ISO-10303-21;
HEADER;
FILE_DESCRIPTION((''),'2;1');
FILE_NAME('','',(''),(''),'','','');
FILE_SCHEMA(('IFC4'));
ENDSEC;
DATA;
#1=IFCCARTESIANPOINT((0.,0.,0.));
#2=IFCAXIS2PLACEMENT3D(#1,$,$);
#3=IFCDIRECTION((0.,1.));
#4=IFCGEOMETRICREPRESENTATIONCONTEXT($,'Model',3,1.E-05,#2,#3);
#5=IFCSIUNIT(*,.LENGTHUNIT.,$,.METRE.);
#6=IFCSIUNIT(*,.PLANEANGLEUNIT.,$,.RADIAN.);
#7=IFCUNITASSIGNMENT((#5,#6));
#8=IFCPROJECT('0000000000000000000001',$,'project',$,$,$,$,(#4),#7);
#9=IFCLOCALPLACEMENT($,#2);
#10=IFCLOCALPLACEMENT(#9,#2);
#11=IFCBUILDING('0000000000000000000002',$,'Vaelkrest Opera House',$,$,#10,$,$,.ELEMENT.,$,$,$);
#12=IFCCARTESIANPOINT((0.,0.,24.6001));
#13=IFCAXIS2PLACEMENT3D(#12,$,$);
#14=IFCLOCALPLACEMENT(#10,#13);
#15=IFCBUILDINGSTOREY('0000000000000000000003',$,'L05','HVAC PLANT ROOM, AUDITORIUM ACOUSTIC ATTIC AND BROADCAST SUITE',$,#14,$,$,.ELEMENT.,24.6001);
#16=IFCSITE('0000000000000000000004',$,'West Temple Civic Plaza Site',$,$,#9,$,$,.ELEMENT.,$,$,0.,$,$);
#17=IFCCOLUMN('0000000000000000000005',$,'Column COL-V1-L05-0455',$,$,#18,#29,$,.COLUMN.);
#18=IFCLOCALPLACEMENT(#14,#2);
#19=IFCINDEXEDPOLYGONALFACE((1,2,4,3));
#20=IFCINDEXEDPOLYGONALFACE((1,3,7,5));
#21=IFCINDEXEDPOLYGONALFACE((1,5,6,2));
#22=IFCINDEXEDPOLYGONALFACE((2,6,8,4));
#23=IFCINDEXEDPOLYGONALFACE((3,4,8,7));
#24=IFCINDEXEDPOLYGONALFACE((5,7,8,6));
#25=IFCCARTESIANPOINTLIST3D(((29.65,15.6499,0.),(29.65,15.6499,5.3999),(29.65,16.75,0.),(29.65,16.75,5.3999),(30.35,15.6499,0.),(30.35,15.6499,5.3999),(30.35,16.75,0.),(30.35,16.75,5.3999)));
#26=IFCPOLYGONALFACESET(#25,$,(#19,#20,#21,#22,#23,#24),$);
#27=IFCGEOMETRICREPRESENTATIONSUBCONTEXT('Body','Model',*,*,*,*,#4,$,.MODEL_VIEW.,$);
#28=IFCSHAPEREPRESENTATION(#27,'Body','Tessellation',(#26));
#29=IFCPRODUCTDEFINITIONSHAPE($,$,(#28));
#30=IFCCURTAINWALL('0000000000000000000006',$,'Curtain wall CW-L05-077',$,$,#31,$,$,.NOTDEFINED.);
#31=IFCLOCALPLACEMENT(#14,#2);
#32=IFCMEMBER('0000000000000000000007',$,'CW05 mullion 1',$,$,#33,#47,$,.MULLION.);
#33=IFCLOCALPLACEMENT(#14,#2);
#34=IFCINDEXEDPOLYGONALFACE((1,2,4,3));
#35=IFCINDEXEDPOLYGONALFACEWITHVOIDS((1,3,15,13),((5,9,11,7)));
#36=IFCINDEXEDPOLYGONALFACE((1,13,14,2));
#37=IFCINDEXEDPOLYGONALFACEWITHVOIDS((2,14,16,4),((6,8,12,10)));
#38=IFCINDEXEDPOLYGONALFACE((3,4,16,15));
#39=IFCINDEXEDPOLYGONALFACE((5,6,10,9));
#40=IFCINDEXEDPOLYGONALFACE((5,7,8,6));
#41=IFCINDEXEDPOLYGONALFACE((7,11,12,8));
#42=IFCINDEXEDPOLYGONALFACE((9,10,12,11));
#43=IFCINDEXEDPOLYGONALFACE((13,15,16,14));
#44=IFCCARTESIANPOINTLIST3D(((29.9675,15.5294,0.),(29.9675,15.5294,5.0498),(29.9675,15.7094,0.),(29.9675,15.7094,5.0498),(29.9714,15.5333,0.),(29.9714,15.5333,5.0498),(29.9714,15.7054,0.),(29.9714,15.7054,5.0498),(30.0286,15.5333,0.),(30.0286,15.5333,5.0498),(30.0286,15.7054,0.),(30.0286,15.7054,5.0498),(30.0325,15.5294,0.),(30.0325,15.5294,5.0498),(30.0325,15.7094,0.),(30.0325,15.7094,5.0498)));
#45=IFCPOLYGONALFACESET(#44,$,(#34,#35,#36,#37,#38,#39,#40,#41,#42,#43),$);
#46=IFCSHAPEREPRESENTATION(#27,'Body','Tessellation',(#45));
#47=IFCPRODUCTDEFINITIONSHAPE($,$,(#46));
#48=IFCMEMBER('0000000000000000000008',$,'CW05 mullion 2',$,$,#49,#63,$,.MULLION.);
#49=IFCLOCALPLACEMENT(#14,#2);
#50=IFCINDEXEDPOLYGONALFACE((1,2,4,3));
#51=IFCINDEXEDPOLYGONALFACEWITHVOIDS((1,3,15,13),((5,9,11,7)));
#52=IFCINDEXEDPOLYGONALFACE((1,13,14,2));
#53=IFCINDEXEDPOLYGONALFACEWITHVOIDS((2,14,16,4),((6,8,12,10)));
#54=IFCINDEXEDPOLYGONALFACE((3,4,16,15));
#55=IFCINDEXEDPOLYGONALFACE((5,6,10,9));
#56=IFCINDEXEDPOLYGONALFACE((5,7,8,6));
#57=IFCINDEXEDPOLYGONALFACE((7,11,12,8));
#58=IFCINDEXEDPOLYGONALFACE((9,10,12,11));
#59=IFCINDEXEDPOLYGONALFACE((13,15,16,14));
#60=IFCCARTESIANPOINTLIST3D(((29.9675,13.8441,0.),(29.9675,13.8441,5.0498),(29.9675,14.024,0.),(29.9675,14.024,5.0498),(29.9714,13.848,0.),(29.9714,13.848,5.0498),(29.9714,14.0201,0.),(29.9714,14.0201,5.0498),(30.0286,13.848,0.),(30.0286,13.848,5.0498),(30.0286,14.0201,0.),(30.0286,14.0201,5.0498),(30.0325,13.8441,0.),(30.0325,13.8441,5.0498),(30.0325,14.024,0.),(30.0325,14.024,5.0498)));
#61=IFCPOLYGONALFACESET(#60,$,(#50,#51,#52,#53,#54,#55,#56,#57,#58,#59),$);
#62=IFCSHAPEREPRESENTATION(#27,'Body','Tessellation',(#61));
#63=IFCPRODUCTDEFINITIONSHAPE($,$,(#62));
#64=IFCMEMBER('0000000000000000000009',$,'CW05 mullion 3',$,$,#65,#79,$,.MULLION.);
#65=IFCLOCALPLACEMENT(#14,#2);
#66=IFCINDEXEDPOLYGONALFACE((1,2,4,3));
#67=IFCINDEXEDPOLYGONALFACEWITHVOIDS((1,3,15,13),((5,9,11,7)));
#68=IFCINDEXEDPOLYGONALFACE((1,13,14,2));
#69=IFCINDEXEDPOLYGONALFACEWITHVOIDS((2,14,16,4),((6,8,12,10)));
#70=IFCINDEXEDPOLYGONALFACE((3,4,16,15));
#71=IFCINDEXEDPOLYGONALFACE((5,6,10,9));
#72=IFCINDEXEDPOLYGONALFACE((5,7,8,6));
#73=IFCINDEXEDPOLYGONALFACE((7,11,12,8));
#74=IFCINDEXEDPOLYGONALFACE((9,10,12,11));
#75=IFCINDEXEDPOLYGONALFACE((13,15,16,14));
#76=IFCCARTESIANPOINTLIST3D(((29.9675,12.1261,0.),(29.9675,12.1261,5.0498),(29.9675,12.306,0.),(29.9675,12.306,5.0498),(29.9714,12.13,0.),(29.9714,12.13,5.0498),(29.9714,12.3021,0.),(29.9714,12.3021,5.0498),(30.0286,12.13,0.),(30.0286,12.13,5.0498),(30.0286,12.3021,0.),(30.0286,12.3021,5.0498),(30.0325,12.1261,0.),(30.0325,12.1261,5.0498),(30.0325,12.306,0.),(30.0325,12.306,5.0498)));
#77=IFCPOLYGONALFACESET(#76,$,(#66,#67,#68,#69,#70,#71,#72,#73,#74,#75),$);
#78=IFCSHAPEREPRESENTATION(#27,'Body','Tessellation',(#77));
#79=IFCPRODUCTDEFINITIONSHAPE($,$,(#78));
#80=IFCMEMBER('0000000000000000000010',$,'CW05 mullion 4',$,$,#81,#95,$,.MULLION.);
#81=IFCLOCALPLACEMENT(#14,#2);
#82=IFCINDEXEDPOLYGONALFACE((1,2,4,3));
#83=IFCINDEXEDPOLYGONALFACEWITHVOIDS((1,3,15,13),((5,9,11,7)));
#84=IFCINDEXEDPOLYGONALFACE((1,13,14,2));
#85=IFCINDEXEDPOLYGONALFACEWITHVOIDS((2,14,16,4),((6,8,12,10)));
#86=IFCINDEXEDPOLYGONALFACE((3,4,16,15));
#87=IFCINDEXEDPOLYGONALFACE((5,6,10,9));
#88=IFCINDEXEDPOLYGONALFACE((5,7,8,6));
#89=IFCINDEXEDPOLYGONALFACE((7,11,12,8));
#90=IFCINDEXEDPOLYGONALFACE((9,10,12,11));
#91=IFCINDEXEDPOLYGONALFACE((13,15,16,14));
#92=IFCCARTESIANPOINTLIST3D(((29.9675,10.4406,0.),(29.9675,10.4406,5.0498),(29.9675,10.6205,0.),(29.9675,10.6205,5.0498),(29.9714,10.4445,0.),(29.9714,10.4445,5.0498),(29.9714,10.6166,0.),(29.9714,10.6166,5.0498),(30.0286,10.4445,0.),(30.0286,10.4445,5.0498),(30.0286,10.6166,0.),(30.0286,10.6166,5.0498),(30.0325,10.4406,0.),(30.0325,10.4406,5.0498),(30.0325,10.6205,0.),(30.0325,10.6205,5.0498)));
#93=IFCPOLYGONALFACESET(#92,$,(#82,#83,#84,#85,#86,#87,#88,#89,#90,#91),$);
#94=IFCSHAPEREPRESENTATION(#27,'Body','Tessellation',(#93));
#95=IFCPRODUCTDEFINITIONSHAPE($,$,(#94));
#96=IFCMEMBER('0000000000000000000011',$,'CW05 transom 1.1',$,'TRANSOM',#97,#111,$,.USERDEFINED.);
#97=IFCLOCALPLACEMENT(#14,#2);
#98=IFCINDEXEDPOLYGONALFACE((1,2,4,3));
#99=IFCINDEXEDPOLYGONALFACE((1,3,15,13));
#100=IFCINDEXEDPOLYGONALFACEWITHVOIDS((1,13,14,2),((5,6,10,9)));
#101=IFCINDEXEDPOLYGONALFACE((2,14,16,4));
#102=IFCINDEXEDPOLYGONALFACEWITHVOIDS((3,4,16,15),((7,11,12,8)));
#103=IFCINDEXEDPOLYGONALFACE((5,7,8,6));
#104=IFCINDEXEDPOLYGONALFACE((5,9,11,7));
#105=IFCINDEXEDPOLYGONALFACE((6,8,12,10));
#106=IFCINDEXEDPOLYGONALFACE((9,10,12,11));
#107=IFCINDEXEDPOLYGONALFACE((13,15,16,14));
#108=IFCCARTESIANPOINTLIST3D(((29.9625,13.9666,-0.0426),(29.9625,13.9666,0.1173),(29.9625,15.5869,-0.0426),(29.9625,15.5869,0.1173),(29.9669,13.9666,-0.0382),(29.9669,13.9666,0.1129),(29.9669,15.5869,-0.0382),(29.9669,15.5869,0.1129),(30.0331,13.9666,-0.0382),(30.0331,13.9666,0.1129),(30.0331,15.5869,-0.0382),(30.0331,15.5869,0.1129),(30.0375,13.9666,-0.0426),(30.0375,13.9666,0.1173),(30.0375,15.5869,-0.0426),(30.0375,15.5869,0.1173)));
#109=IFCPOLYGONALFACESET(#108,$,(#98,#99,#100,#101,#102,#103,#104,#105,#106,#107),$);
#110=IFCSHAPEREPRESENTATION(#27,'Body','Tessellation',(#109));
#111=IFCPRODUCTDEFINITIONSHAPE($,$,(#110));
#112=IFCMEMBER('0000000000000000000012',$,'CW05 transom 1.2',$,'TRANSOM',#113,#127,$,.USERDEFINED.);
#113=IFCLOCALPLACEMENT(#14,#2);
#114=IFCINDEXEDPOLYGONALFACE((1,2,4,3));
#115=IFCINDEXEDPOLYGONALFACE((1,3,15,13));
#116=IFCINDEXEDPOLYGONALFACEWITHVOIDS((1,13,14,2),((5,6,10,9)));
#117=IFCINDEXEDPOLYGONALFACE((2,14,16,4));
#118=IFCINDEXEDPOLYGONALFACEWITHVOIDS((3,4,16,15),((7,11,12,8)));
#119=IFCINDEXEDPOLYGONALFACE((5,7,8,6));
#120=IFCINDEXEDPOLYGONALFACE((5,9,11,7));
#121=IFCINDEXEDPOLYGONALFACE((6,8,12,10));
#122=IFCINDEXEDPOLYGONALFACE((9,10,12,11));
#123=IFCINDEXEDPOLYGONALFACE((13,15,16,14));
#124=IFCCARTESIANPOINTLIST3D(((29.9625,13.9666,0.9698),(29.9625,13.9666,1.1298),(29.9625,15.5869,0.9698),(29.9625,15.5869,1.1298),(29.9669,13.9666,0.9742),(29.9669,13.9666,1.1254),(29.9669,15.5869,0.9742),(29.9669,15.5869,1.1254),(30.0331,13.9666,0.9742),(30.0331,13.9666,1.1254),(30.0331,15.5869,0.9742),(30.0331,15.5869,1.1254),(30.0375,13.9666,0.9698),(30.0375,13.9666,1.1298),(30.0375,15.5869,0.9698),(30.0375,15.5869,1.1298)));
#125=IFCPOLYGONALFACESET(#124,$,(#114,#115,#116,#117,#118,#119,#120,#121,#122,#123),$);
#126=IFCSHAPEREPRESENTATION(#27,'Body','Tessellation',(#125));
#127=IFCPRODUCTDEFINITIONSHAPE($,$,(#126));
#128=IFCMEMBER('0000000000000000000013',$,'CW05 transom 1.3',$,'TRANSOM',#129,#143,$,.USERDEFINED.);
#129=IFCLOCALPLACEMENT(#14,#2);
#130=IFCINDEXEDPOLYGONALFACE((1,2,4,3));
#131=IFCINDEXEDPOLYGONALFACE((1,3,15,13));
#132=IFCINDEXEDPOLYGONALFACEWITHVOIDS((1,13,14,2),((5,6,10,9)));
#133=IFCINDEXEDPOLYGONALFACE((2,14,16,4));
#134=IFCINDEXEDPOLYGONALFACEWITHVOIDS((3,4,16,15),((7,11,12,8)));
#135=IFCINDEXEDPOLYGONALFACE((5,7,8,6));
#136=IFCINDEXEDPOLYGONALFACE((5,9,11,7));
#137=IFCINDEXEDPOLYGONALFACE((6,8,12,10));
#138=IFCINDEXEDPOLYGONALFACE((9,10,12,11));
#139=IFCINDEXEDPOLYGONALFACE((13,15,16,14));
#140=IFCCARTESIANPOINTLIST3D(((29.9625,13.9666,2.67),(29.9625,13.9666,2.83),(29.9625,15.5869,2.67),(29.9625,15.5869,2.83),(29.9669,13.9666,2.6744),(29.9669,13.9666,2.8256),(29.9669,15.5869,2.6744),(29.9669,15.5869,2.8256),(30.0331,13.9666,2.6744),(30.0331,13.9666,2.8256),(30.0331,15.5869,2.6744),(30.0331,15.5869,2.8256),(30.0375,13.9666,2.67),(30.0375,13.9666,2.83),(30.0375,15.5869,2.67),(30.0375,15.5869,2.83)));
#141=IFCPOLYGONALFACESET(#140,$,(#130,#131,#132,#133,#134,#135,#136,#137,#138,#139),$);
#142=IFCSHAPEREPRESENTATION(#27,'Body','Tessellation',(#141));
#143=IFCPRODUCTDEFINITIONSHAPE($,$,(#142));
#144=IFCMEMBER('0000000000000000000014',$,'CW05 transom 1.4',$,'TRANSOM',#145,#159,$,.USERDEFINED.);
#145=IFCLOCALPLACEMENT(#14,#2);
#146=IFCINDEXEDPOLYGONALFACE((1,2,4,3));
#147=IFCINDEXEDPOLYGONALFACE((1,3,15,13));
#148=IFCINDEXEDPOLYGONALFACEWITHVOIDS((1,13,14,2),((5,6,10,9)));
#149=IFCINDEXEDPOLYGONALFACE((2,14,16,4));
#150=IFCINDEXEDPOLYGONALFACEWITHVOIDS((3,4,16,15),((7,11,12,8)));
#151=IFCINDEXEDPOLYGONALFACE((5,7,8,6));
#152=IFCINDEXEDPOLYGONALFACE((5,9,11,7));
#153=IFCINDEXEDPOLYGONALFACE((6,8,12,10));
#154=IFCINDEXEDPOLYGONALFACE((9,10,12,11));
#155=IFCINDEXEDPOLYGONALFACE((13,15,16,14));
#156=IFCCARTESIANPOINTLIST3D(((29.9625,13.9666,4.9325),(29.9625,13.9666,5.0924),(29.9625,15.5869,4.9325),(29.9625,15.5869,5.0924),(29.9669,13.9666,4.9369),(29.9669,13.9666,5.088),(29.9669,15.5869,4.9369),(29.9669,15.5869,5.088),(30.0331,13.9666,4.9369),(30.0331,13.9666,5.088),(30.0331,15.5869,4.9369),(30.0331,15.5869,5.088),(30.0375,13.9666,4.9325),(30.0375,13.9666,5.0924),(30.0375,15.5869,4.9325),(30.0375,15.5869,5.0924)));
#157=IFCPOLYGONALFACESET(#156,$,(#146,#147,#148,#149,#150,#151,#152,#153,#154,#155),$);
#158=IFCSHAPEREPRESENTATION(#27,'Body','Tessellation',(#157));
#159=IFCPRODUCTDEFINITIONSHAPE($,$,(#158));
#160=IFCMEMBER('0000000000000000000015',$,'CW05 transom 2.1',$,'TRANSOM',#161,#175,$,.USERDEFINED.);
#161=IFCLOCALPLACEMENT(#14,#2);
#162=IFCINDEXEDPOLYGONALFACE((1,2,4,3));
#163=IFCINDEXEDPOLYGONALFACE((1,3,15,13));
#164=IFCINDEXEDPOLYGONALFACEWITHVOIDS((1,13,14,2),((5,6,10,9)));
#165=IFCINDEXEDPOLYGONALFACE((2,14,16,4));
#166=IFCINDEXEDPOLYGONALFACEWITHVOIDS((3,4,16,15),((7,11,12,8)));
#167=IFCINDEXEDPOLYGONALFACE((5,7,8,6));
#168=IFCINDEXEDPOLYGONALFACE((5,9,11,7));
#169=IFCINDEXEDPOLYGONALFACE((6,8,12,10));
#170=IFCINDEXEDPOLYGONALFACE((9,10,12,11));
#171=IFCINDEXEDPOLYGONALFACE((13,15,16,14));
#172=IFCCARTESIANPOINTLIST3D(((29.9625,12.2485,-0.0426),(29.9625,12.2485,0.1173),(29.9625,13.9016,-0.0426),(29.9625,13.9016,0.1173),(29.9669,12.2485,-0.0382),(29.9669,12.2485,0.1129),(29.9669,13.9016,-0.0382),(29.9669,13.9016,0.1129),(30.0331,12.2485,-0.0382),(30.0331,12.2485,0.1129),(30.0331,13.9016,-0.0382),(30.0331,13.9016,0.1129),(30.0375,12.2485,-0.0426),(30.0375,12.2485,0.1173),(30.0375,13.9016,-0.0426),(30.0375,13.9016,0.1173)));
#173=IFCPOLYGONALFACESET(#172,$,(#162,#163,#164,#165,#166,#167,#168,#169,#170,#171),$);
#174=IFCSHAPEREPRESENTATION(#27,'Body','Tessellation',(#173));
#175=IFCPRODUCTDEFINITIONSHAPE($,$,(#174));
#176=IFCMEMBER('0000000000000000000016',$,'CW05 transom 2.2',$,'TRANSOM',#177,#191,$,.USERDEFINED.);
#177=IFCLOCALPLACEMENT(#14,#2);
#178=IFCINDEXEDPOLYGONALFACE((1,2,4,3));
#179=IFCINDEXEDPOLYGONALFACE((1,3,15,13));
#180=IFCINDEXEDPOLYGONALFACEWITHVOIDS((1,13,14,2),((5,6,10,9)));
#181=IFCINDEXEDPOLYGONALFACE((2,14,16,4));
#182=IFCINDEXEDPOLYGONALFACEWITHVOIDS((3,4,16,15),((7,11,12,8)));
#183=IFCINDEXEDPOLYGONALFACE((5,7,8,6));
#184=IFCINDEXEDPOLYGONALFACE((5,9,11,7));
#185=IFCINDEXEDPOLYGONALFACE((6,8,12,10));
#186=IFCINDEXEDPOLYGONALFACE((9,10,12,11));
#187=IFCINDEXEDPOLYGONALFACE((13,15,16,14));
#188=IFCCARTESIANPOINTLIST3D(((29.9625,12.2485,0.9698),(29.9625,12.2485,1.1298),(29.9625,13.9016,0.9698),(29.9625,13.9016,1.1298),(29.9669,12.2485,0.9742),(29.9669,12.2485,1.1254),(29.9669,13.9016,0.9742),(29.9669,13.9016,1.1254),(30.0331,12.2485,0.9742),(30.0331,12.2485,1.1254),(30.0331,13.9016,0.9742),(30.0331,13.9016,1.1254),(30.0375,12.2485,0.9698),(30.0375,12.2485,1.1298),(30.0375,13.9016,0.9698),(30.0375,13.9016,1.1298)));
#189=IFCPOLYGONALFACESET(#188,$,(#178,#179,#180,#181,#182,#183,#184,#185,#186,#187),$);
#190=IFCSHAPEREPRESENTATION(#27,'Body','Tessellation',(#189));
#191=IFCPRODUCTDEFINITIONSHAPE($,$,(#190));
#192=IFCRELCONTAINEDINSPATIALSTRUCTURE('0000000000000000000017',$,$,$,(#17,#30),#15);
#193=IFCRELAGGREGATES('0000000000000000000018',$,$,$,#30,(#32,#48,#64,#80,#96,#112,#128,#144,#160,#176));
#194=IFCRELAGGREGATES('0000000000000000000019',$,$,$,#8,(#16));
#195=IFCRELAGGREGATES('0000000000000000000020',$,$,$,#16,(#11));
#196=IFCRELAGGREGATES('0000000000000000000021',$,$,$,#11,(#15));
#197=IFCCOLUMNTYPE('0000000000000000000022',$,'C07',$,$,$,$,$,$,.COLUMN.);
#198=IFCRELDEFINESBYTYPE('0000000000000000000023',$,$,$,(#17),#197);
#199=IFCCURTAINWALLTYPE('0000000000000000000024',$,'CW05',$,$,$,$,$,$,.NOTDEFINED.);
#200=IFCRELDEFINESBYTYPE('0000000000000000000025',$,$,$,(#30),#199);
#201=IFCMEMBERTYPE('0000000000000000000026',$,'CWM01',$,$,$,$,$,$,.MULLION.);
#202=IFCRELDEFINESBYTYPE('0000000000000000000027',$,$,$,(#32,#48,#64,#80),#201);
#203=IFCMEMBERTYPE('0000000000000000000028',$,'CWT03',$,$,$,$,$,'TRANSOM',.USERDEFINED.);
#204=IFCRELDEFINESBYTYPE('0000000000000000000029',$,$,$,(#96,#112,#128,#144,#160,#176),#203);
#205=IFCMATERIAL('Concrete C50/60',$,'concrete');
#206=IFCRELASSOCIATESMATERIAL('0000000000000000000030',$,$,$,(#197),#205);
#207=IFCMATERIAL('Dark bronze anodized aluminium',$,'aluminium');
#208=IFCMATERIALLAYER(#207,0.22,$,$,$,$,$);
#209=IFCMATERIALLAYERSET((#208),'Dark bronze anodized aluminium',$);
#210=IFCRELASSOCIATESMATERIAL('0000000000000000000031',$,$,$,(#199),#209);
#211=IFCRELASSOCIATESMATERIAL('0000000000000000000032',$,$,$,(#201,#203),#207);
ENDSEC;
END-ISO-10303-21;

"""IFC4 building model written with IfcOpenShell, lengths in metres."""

from ifc_helpers import new_model, si_unit, direction, frame, origin, origin_2d, place, context, subcontext, project, spatial, rectangle, hollow_rectangle, extrude, material, layer, layer_set, material_profile, profile_set, type_object, element, aggregate, save


model = new_model("IFC4")

# Units and contexts
model_context = context("Model", 3, precision=1e-05, world=origin(), true_north=direction((0.0, 1.0)))
body_context = subcontext(model_context, "Body", "Model", "MODEL_VIEW")
ifc_project = project(units=[si_unit("LENGTHUNIT", "METRE"), si_unit("PLANEANGLEUNIT", "RADIAN")], contexts=[model_context])

# Site, building, storey
site_placement = place(None, origin())
site = spatial("IfcSite", under=ifc_project, at=site_placement, Name="West Temple Civic Plaza Site", CompositionType="ELEMENT", RefElevation=0.0)
building_placement = place(site_placement, origin())
building = spatial("IfcBuilding", under=site, at=building_placement, Name="Vaelkrest Opera House", CompositionType="ELEMENT")
storey_placement = place(building_placement, frame((0.0, 0.0, 24.6001)))
storey = spatial("IfcBuildingStorey", under=building, at=storey_placement, Name="L05", Description="HVAC PLANT ROOM, AUDITORIUM ACOUSTIC ATTIC AND BROADCAST SUITE", CompositionType="ELEMENT", Elevation=24.6001)

# Column
ifc_material_1 = material(Name="Concrete C50/60", Category="concrete")
ifc_material_profile_1 = material_profile(ifc_material_1, rectangle(XDim=0.7, YDim=1.1001, at=origin_2d()), Name="RC700X1100")
ifc_profile_set_1 = profile_set([ifc_material_profile_1], Name="Concrete C50/60")
column_type = type_object("IfcColumnType", Name="C07", PredefinedType="COLUMN", material=ifc_profile_set_1)
column_placement = place(storey_placement, frame((30.0, 16.2, 0.0), z_axis=(0.0, 0.0, 1.0), x_axis=(1.0, 0.0, 0.0)))
element("IfcColumn", 1, at=column_placement, inside=storey, type_object=column_type, Name="Column COL-V1-L05-0455", PredefinedType="COLUMN", context=body_context, shape_type="SweptSolid", body=[
    extrude(rectangle(XDim=0.7, YDim=1.1001, at=origin_2d()), origin(), (0.0, 0.0, 1.0), 5.3999),
])

# Curtain wall, members
ifc_material_2 = material(Name="Dark bronze anodized aluminium", Category="aluminium")
ifc_layer_1 = layer(ifc_material_2, 0.22)
ifc_layer_set_1 = layer_set([ifc_layer_1], Name="Dark bronze anodized aluminium")
curtain_wall_type = type_object("IfcCurtainWallType", Name="CW05", PredefinedType="NOTDEFINED", material=ifc_layer_set_1)
curtain_wall_placement = place(storey_placement, origin())
curtain_wall = element("IfcCurtainWall", 2, at=curtain_wall_placement, inside=storey, type_object=curtain_wall_type, Name="Curtain wall CW-L05-077", PredefinedType="NOTDEFINED")
ifc_material_profile_2 = material_profile(ifc_material_2, hollow_rectangle(XDim=0.0649, YDim=0.1799, WallThickness=0.0039, at=origin_2d()), Name="CWM65X180")
ifc_profile_set_2 = profile_set([ifc_material_profile_2], Name="Dark bronze anodized aluminium")
member_type_1 = type_object("IfcMemberType", Name="CWM01", PredefinedType="MULLION", material=ifc_profile_set_2)
member_1_placement = place(storey_placement, frame((30.0, 15.6194, 0.0), z_axis=(0.0, 0.0, 1.0), x_axis=(1.0, 0.0, 0.0)))
member_1 = element("IfcMember", 3, at=member_1_placement, type_object=member_type_1, Name="CW05 mullion 1", PredefinedType="MULLION", context=body_context, shape_type="SweptSolid", body=[
    extrude(hollow_rectangle(XDim=0.0649, YDim=0.1799, WallThickness=0.0039, at=origin_2d()), origin(), (0.0, 0.0, 1.0), 5.0498),
])
member_2_placement = place(storey_placement, frame((30.0, 13.9341, 0.0), z_axis=(0.0, 0.0, 1.0), x_axis=(1.0, 0.0, 0.0)))
member_2 = element("IfcMember", 4, at=member_2_placement, type_object=member_type_1, Name="CW05 mullion 2", PredefinedType="MULLION", context=body_context, shape_type="SweptSolid", body=[
    extrude(hollow_rectangle(XDim=0.0649, YDim=0.1799, WallThickness=0.0039, at=origin_2d()), origin(), (0.0, 0.0, 1.0), 5.0498),
])
member_3_placement = place(storey_placement, frame((30.0, 12.2161, 0.0), z_axis=(0.0, 0.0, 1.0), x_axis=(1.0, 0.0, 0.0)))
member_3 = element("IfcMember", 5, at=member_3_placement, type_object=member_type_1, Name="CW05 mullion 3", PredefinedType="MULLION", context=body_context, shape_type="SweptSolid", body=[
    extrude(hollow_rectangle(XDim=0.0649, YDim=0.1799, WallThickness=0.0039, at=origin_2d()), origin(), (0.0, 0.0, 1.0), 5.0498),
])
member_4_placement = place(storey_placement, frame((30.0, 10.5305, 0.0), z_axis=(0.0, 0.0, 1.0), x_axis=(1.0, 0.0, 0.0)))
member_4 = element("IfcMember", 6, at=member_4_placement, type_object=member_type_1, Name="CW05 mullion 4", PredefinedType="MULLION", context=body_context, shape_type="SweptSolid", body=[
    extrude(hollow_rectangle(XDim=0.0649, YDim=0.1799, WallThickness=0.0039, at=origin_2d()), origin(), (0.0, 0.0, 1.0), 5.0498),
])
ifc_material_profile_3 = material_profile(ifc_material_2, hollow_rectangle(XDim=0.075, YDim=0.1599, WallThickness=0.0044, at=origin_2d()), Name="CWT75X160")
ifc_profile_set_3 = profile_set([ifc_material_profile_3], Name="Dark bronze anodized aluminium")
member_type_2 = type_object("IfcMemberType", Name="CWT03", ElementType="TRANSOM", PredefinedType="USERDEFINED", material=ifc_profile_set_3)
member_5_placement = place(storey_placement, frame((30.0, 15.5869, 0.0374), z_axis=(0.0, -1.0, 0.0), x_axis=(1.0, 0.0, 0.0)))
member_5 = element("IfcMember", 7, at=member_5_placement, type_object=member_type_2, Name="CW05 transom 1.1", ObjectType="TRANSOM", PredefinedType="USERDEFINED", context=body_context, shape_type="SweptSolid", body=[
    extrude(hollow_rectangle(XDim=0.075, YDim=0.1599, WallThickness=0.0044, at=origin_2d()), origin(), (0.0, 0.0, 1.0), 1.6204),
])
member_6_placement = place(storey_placement, frame((30.0, 15.5869, 1.0498), z_axis=(0.0, -1.0, 0.0), x_axis=(1.0, 0.0, 0.0)))
member_6 = element("IfcMember", 8, at=member_6_placement, type_object=member_type_2, Name="CW05 transom 1.2", ObjectType="TRANSOM", PredefinedType="USERDEFINED", context=body_context, shape_type="SweptSolid", body=[
    extrude(hollow_rectangle(XDim=0.075, YDim=0.1599, WallThickness=0.0044, at=origin_2d()), origin(), (0.0, 0.0, 1.0), 1.6204),
])
member_7_placement = place(storey_placement, frame((30.0, 15.5869, 2.75), z_axis=(0.0, -1.0, 0.0), x_axis=(1.0, 0.0, 0.0)))
member_7 = element("IfcMember", 9, at=member_7_placement, type_object=member_type_2, Name="CW05 transom 1.3", ObjectType="TRANSOM", PredefinedType="USERDEFINED", context=body_context, shape_type="SweptSolid", body=[
    extrude(hollow_rectangle(XDim=0.075, YDim=0.1599, WallThickness=0.0044, at=origin_2d()), origin(), (0.0, 0.0, 1.0), 1.6204),
])
member_8_placement = place(storey_placement, frame((30.0, 15.5869, 5.0125), z_axis=(0.0, -1.0, 0.0), x_axis=(1.0, 0.0, 0.0)))
member_8 = element("IfcMember", 10, at=member_8_placement, type_object=member_type_2, Name="CW05 transom 1.4", ObjectType="TRANSOM", PredefinedType="USERDEFINED", context=body_context, shape_type="SweptSolid", body=[
    extrude(hollow_rectangle(XDim=0.075, YDim=0.1599, WallThickness=0.0044, at=origin_2d()), origin(), (0.0, 0.0, 1.0), 1.6204),
])
member_9_placement = place(storey_placement, frame((30.0, 13.9016, 0.0374), z_axis=(0.0, -1.0, 0.0), x_axis=(1.0, 0.0, 0.0)))
member_9 = element("IfcMember", 11, at=member_9_placement, type_object=member_type_2, Name="CW05 transom 2.1", ObjectType="TRANSOM", PredefinedType="USERDEFINED", context=body_context, shape_type="SweptSolid", body=[
    extrude(hollow_rectangle(XDim=0.075, YDim=0.1599, WallThickness=0.0044, at=origin_2d()), origin(), (0.0, 0.0, 1.0), 1.6531),
])
member_10_placement = place(storey_placement, frame((30.0, 13.9016, 1.0498), z_axis=(0.0, -1.0, 0.0), x_axis=(1.0, 0.0, 0.0)))
member_10 = element("IfcMember", 12, at=member_10_placement, type_object=member_type_2, Name="CW05 transom 2.2", ObjectType="TRANSOM", PredefinedType="USERDEFINED", context=body_context, shape_type="SweptSolid", body=[
    extrude(hollow_rectangle(XDim=0.075, YDim=0.1599, WallThickness=0.0044, at=origin_2d()), origin(), (0.0, 0.0, 1.0), 1.6531),
])
aggregate(curtain_wall, [member_1, member_2, member_3, member_4, member_5, member_6, member_7, member_8, member_9, member_10])

save(model, "model.ifc")
